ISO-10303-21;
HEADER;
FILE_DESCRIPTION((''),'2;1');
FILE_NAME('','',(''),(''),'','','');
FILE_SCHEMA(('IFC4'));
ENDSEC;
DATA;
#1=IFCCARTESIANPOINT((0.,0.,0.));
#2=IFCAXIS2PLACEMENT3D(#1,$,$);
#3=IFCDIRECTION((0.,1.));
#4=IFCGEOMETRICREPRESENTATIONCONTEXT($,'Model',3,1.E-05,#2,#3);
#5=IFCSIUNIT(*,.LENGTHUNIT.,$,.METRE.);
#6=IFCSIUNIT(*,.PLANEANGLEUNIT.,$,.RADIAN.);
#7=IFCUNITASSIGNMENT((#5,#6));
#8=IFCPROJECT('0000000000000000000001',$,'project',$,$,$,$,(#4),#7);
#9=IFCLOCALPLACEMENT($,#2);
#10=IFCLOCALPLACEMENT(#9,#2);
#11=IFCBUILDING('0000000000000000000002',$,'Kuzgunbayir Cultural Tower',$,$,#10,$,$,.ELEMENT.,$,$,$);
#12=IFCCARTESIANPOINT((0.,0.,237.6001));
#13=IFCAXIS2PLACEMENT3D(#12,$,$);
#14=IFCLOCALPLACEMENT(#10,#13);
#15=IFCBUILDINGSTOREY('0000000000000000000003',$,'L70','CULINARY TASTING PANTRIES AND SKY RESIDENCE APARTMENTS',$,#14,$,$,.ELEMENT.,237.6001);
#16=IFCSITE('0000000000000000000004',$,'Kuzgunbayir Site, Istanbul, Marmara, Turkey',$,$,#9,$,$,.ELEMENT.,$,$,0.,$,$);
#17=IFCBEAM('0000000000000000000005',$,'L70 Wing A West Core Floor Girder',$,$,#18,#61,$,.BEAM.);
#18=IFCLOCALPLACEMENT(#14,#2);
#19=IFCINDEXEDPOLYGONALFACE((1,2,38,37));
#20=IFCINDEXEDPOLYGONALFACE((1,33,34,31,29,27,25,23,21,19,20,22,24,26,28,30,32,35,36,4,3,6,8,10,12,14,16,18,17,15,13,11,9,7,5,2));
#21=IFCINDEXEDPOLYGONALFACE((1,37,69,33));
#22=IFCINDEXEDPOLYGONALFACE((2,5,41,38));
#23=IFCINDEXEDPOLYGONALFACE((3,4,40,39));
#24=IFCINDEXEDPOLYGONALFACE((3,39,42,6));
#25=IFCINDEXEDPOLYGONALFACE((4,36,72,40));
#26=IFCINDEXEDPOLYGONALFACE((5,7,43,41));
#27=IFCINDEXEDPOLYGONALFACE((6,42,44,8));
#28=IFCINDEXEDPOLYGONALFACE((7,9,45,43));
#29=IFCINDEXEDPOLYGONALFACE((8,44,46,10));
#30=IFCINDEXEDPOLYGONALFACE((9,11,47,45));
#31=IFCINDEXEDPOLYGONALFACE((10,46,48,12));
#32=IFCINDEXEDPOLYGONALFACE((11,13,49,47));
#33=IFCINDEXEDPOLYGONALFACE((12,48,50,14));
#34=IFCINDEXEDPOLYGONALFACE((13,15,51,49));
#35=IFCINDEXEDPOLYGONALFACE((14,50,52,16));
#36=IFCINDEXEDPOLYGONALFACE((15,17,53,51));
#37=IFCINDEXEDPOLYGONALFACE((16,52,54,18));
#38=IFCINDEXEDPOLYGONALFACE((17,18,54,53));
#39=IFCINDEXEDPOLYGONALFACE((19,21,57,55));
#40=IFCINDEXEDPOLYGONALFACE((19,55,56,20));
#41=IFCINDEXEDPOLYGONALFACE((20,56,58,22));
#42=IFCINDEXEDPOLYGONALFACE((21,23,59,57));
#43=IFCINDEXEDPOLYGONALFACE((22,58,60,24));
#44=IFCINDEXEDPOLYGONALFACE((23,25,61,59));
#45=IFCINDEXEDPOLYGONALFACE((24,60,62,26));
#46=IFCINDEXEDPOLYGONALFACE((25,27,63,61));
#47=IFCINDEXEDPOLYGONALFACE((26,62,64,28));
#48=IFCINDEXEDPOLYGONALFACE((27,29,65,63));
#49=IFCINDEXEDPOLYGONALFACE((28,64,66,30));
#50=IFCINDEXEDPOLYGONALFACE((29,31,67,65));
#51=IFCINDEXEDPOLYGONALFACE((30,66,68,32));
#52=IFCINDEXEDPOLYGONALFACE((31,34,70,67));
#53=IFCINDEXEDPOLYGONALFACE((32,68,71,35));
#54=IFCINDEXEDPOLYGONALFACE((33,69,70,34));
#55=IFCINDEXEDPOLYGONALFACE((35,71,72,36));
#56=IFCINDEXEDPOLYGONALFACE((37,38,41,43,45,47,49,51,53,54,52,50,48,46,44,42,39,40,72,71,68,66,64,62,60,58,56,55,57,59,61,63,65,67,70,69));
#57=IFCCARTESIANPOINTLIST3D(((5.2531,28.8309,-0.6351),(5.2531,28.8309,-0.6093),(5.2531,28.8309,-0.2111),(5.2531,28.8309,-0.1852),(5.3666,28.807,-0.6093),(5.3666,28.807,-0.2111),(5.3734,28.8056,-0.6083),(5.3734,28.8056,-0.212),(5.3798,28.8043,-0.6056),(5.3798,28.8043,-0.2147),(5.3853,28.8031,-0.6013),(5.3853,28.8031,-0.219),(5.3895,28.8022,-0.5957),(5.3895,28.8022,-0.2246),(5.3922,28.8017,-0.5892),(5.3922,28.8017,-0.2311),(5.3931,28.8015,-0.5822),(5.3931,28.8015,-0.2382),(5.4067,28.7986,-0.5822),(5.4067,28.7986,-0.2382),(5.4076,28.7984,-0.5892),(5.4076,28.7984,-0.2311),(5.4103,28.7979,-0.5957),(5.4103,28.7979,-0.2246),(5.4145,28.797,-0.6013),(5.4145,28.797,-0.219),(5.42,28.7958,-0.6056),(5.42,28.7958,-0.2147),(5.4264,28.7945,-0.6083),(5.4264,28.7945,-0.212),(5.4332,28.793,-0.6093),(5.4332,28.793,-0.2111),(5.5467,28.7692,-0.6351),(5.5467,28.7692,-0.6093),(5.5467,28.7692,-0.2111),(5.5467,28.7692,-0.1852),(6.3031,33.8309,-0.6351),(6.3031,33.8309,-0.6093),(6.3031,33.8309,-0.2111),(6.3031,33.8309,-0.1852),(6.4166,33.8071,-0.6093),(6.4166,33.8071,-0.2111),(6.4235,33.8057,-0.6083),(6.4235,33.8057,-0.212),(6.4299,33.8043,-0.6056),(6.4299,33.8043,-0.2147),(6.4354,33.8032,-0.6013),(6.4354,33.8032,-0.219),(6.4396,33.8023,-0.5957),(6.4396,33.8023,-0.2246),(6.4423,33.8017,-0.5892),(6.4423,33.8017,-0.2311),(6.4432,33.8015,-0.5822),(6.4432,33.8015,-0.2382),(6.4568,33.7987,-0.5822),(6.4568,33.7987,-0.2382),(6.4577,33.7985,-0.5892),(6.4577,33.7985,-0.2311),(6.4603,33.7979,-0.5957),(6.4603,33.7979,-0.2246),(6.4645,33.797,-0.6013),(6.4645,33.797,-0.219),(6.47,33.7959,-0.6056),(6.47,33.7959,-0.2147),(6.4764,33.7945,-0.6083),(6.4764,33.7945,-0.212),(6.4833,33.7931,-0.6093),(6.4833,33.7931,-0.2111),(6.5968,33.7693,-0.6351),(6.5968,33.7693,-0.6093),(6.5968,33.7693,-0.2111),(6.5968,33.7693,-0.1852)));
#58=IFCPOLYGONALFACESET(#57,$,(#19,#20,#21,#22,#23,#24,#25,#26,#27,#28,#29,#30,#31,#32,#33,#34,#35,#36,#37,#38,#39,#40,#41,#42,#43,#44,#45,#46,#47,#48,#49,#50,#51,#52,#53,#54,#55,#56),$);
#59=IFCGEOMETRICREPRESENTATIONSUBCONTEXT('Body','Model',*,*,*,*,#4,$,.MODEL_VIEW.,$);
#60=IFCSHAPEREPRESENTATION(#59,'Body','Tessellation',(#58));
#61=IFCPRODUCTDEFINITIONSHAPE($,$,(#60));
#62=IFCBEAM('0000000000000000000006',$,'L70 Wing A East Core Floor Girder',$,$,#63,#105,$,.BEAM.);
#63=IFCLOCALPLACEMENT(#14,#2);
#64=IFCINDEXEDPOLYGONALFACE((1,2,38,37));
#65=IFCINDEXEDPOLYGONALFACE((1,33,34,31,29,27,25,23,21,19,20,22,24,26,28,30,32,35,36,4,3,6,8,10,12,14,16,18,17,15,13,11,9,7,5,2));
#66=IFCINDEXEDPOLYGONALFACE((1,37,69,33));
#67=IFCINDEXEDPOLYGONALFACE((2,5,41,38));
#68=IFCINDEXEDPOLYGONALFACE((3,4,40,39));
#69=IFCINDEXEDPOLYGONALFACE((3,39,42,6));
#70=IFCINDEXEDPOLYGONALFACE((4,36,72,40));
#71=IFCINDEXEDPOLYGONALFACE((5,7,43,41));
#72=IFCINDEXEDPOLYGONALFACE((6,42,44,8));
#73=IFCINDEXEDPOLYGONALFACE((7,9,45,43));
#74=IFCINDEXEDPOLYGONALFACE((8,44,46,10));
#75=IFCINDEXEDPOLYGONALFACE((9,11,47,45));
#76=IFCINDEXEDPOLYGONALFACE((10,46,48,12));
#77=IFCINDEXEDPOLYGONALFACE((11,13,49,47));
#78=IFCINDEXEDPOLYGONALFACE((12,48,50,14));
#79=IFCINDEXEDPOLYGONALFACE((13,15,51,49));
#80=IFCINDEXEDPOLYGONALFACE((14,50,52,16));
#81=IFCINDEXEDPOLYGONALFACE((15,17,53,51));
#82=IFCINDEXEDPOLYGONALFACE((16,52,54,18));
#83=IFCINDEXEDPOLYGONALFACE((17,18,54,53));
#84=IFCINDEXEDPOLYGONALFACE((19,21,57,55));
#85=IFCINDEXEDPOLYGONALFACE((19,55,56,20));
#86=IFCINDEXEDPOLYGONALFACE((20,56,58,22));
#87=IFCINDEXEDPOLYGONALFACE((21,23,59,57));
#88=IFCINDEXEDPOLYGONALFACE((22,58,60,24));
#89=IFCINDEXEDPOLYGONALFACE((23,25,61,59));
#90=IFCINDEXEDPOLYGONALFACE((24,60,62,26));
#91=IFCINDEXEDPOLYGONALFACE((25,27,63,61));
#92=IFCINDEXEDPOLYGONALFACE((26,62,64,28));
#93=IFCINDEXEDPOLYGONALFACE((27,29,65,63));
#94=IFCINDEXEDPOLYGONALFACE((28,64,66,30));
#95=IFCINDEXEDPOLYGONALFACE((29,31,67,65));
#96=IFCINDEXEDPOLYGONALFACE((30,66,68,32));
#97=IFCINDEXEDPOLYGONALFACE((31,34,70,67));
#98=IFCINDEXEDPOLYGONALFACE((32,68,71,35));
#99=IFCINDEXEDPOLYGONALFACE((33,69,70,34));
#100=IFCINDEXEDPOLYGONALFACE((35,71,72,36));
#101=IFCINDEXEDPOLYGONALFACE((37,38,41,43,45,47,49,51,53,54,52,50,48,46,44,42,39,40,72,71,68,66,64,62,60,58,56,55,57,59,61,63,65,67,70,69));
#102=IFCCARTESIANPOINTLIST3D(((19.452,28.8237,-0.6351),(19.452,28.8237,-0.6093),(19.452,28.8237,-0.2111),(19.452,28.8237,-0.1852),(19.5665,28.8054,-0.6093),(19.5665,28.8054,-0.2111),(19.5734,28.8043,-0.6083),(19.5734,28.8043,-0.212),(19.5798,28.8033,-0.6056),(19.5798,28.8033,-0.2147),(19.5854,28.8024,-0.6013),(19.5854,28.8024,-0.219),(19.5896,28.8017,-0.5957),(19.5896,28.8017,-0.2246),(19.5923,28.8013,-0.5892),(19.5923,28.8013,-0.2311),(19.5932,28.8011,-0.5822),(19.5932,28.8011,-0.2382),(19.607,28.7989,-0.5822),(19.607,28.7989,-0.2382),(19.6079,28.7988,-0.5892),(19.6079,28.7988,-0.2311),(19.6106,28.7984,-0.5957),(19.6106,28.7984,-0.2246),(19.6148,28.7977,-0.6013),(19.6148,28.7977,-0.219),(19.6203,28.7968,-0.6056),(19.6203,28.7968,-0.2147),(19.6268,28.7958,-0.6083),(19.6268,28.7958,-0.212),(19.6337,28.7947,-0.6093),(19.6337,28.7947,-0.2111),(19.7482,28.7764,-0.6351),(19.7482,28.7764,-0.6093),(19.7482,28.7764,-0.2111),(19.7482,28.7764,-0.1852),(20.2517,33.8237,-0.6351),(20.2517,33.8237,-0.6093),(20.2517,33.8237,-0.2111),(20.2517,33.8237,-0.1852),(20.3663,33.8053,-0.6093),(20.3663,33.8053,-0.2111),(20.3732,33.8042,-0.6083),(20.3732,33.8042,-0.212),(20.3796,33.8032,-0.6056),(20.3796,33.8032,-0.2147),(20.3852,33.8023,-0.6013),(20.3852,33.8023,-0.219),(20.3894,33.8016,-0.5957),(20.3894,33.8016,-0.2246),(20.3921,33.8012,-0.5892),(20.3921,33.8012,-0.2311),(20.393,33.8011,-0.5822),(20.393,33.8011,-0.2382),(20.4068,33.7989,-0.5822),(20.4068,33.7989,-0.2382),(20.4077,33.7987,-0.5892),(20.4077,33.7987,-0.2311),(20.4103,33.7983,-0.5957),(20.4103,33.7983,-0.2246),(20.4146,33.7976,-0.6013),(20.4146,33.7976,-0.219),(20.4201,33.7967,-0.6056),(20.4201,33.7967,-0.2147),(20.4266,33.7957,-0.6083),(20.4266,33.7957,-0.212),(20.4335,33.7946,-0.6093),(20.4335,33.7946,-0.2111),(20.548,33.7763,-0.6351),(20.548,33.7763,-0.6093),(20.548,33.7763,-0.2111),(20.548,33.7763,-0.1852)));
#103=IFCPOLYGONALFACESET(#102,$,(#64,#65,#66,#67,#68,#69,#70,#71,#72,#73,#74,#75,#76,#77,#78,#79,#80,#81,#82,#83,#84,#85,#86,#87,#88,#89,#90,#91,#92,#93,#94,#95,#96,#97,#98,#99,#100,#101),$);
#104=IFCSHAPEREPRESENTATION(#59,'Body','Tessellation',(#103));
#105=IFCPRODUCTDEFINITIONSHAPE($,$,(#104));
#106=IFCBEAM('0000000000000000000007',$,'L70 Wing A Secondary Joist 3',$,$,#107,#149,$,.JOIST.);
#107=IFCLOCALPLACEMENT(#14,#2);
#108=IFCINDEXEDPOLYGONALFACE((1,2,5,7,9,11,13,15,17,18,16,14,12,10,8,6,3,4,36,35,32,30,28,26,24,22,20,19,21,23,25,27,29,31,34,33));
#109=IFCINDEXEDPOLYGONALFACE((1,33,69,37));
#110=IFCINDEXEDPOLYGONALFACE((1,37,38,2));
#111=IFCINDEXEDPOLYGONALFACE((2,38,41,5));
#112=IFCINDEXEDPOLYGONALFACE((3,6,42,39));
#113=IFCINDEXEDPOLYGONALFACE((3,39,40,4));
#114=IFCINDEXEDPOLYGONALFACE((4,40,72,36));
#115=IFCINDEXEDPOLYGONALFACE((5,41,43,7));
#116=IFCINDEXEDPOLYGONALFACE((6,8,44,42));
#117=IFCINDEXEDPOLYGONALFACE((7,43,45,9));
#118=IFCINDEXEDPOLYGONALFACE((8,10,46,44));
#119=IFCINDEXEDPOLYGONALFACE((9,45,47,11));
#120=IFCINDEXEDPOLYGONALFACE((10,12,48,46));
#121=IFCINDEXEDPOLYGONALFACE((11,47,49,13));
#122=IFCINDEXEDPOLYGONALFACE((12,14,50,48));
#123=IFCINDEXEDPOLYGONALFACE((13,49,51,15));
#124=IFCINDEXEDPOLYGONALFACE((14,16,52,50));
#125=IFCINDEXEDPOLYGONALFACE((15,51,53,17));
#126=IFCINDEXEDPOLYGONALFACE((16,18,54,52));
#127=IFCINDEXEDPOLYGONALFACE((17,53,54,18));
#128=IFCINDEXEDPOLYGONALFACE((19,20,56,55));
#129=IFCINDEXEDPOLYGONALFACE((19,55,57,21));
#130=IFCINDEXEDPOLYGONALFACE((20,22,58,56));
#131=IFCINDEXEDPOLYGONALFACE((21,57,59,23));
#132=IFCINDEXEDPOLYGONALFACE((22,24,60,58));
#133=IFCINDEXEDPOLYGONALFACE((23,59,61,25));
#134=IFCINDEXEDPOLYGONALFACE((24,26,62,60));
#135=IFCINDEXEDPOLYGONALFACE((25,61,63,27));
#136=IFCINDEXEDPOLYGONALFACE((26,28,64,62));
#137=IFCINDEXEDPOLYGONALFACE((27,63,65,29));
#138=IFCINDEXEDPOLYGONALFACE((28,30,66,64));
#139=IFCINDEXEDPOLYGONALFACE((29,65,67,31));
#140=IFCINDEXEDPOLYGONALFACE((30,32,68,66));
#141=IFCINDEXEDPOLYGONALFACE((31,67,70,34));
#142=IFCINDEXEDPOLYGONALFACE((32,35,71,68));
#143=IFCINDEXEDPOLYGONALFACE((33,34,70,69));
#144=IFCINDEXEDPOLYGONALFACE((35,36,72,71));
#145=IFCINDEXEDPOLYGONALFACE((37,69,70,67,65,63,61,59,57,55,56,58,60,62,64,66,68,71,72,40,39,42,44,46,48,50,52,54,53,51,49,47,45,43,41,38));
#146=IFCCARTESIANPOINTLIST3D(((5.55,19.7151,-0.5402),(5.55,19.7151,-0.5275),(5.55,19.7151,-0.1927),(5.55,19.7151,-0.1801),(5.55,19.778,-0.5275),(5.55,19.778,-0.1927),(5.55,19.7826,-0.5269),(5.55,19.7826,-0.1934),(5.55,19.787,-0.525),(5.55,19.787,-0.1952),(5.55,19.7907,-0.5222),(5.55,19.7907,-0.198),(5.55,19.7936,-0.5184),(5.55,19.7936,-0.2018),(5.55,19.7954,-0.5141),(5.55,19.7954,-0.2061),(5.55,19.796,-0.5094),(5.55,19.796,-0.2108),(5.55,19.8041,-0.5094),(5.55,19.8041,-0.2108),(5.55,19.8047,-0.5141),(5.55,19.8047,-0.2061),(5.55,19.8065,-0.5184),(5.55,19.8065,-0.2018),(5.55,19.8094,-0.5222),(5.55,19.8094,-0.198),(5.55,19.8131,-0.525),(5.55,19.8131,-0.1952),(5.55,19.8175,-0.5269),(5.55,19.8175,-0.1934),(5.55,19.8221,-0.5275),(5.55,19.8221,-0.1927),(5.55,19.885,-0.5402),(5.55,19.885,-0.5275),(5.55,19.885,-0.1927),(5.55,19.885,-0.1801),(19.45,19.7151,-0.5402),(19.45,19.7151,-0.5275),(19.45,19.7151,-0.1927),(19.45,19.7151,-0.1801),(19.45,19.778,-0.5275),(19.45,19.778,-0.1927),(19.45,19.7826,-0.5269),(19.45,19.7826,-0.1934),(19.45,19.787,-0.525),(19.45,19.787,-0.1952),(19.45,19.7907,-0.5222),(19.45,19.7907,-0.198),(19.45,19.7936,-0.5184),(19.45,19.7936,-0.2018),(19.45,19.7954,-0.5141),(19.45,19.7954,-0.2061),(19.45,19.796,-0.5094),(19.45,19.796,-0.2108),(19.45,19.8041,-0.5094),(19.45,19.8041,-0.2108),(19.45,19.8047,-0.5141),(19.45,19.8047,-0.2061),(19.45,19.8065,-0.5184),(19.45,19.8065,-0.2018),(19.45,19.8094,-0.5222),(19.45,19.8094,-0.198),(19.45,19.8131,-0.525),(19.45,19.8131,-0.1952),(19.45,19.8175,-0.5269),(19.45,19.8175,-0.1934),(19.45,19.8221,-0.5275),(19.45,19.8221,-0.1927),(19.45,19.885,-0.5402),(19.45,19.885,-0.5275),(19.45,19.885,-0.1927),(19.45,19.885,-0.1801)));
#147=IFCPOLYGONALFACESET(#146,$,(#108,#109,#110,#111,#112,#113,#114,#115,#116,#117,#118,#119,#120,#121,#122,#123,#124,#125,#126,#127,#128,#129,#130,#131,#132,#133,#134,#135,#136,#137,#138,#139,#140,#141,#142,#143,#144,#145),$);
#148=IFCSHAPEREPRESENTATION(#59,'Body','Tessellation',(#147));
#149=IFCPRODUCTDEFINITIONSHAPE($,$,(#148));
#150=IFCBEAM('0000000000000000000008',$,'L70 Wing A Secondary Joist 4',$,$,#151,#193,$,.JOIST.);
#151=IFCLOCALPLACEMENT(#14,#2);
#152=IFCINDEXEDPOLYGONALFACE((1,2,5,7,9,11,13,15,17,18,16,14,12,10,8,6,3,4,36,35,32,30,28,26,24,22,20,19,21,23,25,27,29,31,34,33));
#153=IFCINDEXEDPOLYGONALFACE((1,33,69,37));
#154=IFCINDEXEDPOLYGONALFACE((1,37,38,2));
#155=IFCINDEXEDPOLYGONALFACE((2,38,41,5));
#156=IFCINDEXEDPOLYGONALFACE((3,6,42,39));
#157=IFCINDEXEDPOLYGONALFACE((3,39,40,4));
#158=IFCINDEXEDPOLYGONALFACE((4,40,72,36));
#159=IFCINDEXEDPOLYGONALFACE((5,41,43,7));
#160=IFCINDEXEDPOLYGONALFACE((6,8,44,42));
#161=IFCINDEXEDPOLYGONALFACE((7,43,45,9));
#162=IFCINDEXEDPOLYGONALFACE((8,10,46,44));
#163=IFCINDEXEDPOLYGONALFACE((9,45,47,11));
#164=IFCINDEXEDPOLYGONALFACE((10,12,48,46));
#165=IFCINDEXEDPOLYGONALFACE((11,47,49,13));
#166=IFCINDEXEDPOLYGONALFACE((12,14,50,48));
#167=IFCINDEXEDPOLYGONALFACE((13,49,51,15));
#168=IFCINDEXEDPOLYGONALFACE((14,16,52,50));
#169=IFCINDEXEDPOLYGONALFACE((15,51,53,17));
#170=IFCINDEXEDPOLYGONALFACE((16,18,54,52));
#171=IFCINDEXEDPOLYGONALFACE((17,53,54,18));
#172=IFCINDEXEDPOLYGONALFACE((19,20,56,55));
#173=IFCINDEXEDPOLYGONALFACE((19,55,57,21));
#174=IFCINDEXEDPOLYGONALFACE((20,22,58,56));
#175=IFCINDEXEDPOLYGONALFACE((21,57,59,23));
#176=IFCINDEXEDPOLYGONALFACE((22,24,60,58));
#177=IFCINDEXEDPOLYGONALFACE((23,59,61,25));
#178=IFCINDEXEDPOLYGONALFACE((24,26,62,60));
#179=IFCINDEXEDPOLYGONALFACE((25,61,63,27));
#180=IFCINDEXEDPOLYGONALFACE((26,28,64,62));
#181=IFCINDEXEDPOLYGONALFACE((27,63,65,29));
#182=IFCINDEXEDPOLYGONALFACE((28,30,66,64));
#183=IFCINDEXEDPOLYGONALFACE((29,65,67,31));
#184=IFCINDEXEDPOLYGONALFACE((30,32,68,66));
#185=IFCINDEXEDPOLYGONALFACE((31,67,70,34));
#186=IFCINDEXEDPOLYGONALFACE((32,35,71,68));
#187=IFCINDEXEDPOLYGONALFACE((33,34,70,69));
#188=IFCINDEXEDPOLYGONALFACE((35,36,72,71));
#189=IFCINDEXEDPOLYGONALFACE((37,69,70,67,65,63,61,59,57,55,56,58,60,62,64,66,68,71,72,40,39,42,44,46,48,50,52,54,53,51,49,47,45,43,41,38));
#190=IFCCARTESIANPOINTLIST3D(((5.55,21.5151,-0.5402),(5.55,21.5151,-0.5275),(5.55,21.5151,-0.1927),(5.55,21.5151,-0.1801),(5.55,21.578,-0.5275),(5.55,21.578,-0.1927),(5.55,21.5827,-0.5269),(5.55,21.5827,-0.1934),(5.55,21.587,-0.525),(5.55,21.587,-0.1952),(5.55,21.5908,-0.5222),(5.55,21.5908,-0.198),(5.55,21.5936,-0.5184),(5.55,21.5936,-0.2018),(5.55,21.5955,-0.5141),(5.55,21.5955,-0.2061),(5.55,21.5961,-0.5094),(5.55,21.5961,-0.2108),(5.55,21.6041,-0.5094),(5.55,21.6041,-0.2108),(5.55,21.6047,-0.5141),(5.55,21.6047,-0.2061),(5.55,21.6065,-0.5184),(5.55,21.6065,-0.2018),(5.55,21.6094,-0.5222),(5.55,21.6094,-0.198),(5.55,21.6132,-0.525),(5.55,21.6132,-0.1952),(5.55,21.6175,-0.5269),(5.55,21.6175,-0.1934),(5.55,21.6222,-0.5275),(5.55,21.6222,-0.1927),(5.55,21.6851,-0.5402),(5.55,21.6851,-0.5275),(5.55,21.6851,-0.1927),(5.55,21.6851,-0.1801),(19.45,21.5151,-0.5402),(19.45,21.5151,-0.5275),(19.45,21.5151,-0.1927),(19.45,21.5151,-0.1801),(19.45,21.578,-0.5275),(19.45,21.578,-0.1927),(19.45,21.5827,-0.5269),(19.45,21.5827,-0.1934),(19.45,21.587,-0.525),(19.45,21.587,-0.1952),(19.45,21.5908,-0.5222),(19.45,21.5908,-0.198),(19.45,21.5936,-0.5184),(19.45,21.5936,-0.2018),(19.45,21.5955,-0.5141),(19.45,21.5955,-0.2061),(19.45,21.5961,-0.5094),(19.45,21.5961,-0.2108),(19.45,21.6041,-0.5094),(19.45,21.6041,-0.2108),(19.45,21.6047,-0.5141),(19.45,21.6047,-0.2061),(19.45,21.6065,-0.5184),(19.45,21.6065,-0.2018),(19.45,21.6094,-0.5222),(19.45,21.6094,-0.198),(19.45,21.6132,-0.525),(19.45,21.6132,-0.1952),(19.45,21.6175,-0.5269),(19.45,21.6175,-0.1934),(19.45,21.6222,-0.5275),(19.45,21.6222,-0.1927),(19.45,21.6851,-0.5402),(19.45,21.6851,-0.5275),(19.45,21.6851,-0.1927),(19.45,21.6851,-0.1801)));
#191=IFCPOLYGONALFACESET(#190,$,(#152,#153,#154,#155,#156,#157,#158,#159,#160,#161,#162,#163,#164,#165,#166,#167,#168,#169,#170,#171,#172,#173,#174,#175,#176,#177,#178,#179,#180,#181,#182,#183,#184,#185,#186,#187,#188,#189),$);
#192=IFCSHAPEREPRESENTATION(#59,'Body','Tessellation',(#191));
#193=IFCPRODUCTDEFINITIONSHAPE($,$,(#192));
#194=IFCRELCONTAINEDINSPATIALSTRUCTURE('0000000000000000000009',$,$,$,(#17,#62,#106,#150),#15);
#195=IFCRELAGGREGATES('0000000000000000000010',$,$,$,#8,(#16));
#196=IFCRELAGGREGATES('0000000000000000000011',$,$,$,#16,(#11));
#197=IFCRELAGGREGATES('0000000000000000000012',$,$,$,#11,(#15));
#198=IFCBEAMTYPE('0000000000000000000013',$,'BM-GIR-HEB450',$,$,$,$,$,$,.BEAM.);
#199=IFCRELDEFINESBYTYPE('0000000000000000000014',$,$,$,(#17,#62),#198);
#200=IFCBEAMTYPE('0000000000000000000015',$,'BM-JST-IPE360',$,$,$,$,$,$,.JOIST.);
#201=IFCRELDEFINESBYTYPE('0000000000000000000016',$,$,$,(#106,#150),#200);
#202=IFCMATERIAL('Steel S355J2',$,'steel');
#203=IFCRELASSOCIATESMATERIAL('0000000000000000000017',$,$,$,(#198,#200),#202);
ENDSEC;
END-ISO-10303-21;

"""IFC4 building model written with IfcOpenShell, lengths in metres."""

from ifc_helpers import new_model, si_unit, direction, frame, origin, origin_2d, place, context, subcontext, project, spatial, i_section, extrude, material, material_profile, profile_set, type_object, element, save


model = new_model("IFC4")

# Units and contexts
model_context = context("Model", 3, precision=1e-05, world=origin(), true_north=direction((0.0, 1.0)))
body_context = subcontext(model_context, "Body", "Model", "MODEL_VIEW")
ifc_project = project(units=[si_unit("LENGTHUNIT", "METRE"), si_unit("PLANEANGLEUNIT", "RADIAN")], contexts=[model_context])

# Site, building, storey
site_placement = place(None, origin())
site = spatial("IfcSite", under=ifc_project, at=site_placement, Name="Kuzgunbayir Site, Istanbul, Marmara, Turkey", CompositionType="ELEMENT", RefElevation=0.0)
building_placement = place(site_placement, origin())
building = spatial("IfcBuilding", under=site, at=building_placement, Name="Kuzgunbayir Cultural Tower", CompositionType="ELEMENT")
storey_placement = place(building_placement, frame((0.0, 0.0, 237.6001)))
storey = spatial("IfcBuildingStorey", under=building, at=storey_placement, Name="L70", Description="CULINARY TASTING PANTRIES AND SKY RESIDENCE APARTMENTS", CompositionType="ELEMENT", Elevation=237.6001)

# Beams
ifc_material_1 = material(Name="Steel S355J2", Category="steel")
ifc_material_profile_1 = material_profile(ifc_material_1, i_section(OverallWidth=0.3, OverallDepth=0.45, WebThickness=0.0139, FlangeThickness=0.0259, FilletRadius=0.0271, at=origin_2d()), Name="HEB 450")
ifc_profile_set_1 = profile_set([ifc_material_profile_1], Name="Steel S355J2")
beam_type_1 = type_object("IfcBeamType", Name="BM-GIR-HEB450", PredefinedType="BEAM", material=ifc_profile_set_1)
beam_1_placement = place(storey_placement, frame((5.3999, 28.8, -0.4102), z_axis=(0.205526, 0.978652, 0.0), x_axis=(-0.978652, 0.205526, 0.0)))
element("IfcBeam", 1, at=beam_1_placement, inside=storey, type_object=beam_type_1, Name="L70 Wing A West Core Floor Girder", PredefinedType="BEAM", context=body_context, shape_type="SweptSolid", body=[
    extrude(i_section(OverallWidth=0.3, OverallDepth=0.45, WebThickness=0.0139, FlangeThickness=0.0259, FilletRadius=0.0271, at=origin_2d()), origin(), (0.0, 0.0, 1.0), 5.1091),
])
beam_2_placement = place(storey_placement, frame((19.6001, 28.8, -0.4102), z_axis=(0.157953, 0.987447, 0.0), x_axis=(-0.987447, 0.157953, 0.0)))
element("IfcBeam", 2, at=beam_2_placement, inside=storey, type_object=beam_type_1, Name="L70 Wing A East Core Floor Girder", PredefinedType="BEAM", context=body_context, shape_type="SweptSolid", body=[
    extrude(i_section(OverallWidth=0.3, OverallDepth=0.45, WebThickness=0.0139, FlangeThickness=0.0259, FilletRadius=0.0271, at=origin_2d()), origin(), (0.0, 0.0, 1.0), 5.0635),
])
ifc_material_profile_2 = material_profile(ifc_material_1, i_section(OverallWidth=0.1699, OverallDepth=0.3601, WebThickness=0.0081, FlangeThickness=0.0127, FilletRadius=0.0181, at=origin_2d()), Name="IPE 360")
ifc_profile_set_2 = profile_set([ifc_material_profile_2], Name="Steel S355J2")
beam_type_2 = type_object("IfcBeamType", Name="BM-JST-IPE360", PredefinedType="JOIST", material=ifc_profile_set_2)
for number, where, z_axis, x_axis, name in (
    (3, (5.55, 19.8, -0.3601), (1.0, 0.0, 0.0), (0.0, 1.0, 0.0), "L70 Wing A Secondary Joist 3"),
    (4, (5.55, 21.6001, -0.3601), (1.0, 0.0, 0.0), (0.0, 1.0, 0.0), "L70 Wing A Secondary Joist 4"),
):
    element("IfcBeam", number, at=place(storey_placement, frame(where, z_axis=z_axis, x_axis=x_axis)), inside=storey, type_object=beam_type_2, Name=name, PredefinedType="JOIST", context=body_context, shape_type="SweptSolid", body=[
        extrude(i_section(OverallWidth=0.1699, OverallDepth=0.3601, WebThickness=0.0081, FlangeThickness=0.0127, FilletRadius=0.0181, at=origin_2d()), origin(), (0.0, 0.0, 1.0), 13.8999),
    ])

save(model, "model.ifc")
